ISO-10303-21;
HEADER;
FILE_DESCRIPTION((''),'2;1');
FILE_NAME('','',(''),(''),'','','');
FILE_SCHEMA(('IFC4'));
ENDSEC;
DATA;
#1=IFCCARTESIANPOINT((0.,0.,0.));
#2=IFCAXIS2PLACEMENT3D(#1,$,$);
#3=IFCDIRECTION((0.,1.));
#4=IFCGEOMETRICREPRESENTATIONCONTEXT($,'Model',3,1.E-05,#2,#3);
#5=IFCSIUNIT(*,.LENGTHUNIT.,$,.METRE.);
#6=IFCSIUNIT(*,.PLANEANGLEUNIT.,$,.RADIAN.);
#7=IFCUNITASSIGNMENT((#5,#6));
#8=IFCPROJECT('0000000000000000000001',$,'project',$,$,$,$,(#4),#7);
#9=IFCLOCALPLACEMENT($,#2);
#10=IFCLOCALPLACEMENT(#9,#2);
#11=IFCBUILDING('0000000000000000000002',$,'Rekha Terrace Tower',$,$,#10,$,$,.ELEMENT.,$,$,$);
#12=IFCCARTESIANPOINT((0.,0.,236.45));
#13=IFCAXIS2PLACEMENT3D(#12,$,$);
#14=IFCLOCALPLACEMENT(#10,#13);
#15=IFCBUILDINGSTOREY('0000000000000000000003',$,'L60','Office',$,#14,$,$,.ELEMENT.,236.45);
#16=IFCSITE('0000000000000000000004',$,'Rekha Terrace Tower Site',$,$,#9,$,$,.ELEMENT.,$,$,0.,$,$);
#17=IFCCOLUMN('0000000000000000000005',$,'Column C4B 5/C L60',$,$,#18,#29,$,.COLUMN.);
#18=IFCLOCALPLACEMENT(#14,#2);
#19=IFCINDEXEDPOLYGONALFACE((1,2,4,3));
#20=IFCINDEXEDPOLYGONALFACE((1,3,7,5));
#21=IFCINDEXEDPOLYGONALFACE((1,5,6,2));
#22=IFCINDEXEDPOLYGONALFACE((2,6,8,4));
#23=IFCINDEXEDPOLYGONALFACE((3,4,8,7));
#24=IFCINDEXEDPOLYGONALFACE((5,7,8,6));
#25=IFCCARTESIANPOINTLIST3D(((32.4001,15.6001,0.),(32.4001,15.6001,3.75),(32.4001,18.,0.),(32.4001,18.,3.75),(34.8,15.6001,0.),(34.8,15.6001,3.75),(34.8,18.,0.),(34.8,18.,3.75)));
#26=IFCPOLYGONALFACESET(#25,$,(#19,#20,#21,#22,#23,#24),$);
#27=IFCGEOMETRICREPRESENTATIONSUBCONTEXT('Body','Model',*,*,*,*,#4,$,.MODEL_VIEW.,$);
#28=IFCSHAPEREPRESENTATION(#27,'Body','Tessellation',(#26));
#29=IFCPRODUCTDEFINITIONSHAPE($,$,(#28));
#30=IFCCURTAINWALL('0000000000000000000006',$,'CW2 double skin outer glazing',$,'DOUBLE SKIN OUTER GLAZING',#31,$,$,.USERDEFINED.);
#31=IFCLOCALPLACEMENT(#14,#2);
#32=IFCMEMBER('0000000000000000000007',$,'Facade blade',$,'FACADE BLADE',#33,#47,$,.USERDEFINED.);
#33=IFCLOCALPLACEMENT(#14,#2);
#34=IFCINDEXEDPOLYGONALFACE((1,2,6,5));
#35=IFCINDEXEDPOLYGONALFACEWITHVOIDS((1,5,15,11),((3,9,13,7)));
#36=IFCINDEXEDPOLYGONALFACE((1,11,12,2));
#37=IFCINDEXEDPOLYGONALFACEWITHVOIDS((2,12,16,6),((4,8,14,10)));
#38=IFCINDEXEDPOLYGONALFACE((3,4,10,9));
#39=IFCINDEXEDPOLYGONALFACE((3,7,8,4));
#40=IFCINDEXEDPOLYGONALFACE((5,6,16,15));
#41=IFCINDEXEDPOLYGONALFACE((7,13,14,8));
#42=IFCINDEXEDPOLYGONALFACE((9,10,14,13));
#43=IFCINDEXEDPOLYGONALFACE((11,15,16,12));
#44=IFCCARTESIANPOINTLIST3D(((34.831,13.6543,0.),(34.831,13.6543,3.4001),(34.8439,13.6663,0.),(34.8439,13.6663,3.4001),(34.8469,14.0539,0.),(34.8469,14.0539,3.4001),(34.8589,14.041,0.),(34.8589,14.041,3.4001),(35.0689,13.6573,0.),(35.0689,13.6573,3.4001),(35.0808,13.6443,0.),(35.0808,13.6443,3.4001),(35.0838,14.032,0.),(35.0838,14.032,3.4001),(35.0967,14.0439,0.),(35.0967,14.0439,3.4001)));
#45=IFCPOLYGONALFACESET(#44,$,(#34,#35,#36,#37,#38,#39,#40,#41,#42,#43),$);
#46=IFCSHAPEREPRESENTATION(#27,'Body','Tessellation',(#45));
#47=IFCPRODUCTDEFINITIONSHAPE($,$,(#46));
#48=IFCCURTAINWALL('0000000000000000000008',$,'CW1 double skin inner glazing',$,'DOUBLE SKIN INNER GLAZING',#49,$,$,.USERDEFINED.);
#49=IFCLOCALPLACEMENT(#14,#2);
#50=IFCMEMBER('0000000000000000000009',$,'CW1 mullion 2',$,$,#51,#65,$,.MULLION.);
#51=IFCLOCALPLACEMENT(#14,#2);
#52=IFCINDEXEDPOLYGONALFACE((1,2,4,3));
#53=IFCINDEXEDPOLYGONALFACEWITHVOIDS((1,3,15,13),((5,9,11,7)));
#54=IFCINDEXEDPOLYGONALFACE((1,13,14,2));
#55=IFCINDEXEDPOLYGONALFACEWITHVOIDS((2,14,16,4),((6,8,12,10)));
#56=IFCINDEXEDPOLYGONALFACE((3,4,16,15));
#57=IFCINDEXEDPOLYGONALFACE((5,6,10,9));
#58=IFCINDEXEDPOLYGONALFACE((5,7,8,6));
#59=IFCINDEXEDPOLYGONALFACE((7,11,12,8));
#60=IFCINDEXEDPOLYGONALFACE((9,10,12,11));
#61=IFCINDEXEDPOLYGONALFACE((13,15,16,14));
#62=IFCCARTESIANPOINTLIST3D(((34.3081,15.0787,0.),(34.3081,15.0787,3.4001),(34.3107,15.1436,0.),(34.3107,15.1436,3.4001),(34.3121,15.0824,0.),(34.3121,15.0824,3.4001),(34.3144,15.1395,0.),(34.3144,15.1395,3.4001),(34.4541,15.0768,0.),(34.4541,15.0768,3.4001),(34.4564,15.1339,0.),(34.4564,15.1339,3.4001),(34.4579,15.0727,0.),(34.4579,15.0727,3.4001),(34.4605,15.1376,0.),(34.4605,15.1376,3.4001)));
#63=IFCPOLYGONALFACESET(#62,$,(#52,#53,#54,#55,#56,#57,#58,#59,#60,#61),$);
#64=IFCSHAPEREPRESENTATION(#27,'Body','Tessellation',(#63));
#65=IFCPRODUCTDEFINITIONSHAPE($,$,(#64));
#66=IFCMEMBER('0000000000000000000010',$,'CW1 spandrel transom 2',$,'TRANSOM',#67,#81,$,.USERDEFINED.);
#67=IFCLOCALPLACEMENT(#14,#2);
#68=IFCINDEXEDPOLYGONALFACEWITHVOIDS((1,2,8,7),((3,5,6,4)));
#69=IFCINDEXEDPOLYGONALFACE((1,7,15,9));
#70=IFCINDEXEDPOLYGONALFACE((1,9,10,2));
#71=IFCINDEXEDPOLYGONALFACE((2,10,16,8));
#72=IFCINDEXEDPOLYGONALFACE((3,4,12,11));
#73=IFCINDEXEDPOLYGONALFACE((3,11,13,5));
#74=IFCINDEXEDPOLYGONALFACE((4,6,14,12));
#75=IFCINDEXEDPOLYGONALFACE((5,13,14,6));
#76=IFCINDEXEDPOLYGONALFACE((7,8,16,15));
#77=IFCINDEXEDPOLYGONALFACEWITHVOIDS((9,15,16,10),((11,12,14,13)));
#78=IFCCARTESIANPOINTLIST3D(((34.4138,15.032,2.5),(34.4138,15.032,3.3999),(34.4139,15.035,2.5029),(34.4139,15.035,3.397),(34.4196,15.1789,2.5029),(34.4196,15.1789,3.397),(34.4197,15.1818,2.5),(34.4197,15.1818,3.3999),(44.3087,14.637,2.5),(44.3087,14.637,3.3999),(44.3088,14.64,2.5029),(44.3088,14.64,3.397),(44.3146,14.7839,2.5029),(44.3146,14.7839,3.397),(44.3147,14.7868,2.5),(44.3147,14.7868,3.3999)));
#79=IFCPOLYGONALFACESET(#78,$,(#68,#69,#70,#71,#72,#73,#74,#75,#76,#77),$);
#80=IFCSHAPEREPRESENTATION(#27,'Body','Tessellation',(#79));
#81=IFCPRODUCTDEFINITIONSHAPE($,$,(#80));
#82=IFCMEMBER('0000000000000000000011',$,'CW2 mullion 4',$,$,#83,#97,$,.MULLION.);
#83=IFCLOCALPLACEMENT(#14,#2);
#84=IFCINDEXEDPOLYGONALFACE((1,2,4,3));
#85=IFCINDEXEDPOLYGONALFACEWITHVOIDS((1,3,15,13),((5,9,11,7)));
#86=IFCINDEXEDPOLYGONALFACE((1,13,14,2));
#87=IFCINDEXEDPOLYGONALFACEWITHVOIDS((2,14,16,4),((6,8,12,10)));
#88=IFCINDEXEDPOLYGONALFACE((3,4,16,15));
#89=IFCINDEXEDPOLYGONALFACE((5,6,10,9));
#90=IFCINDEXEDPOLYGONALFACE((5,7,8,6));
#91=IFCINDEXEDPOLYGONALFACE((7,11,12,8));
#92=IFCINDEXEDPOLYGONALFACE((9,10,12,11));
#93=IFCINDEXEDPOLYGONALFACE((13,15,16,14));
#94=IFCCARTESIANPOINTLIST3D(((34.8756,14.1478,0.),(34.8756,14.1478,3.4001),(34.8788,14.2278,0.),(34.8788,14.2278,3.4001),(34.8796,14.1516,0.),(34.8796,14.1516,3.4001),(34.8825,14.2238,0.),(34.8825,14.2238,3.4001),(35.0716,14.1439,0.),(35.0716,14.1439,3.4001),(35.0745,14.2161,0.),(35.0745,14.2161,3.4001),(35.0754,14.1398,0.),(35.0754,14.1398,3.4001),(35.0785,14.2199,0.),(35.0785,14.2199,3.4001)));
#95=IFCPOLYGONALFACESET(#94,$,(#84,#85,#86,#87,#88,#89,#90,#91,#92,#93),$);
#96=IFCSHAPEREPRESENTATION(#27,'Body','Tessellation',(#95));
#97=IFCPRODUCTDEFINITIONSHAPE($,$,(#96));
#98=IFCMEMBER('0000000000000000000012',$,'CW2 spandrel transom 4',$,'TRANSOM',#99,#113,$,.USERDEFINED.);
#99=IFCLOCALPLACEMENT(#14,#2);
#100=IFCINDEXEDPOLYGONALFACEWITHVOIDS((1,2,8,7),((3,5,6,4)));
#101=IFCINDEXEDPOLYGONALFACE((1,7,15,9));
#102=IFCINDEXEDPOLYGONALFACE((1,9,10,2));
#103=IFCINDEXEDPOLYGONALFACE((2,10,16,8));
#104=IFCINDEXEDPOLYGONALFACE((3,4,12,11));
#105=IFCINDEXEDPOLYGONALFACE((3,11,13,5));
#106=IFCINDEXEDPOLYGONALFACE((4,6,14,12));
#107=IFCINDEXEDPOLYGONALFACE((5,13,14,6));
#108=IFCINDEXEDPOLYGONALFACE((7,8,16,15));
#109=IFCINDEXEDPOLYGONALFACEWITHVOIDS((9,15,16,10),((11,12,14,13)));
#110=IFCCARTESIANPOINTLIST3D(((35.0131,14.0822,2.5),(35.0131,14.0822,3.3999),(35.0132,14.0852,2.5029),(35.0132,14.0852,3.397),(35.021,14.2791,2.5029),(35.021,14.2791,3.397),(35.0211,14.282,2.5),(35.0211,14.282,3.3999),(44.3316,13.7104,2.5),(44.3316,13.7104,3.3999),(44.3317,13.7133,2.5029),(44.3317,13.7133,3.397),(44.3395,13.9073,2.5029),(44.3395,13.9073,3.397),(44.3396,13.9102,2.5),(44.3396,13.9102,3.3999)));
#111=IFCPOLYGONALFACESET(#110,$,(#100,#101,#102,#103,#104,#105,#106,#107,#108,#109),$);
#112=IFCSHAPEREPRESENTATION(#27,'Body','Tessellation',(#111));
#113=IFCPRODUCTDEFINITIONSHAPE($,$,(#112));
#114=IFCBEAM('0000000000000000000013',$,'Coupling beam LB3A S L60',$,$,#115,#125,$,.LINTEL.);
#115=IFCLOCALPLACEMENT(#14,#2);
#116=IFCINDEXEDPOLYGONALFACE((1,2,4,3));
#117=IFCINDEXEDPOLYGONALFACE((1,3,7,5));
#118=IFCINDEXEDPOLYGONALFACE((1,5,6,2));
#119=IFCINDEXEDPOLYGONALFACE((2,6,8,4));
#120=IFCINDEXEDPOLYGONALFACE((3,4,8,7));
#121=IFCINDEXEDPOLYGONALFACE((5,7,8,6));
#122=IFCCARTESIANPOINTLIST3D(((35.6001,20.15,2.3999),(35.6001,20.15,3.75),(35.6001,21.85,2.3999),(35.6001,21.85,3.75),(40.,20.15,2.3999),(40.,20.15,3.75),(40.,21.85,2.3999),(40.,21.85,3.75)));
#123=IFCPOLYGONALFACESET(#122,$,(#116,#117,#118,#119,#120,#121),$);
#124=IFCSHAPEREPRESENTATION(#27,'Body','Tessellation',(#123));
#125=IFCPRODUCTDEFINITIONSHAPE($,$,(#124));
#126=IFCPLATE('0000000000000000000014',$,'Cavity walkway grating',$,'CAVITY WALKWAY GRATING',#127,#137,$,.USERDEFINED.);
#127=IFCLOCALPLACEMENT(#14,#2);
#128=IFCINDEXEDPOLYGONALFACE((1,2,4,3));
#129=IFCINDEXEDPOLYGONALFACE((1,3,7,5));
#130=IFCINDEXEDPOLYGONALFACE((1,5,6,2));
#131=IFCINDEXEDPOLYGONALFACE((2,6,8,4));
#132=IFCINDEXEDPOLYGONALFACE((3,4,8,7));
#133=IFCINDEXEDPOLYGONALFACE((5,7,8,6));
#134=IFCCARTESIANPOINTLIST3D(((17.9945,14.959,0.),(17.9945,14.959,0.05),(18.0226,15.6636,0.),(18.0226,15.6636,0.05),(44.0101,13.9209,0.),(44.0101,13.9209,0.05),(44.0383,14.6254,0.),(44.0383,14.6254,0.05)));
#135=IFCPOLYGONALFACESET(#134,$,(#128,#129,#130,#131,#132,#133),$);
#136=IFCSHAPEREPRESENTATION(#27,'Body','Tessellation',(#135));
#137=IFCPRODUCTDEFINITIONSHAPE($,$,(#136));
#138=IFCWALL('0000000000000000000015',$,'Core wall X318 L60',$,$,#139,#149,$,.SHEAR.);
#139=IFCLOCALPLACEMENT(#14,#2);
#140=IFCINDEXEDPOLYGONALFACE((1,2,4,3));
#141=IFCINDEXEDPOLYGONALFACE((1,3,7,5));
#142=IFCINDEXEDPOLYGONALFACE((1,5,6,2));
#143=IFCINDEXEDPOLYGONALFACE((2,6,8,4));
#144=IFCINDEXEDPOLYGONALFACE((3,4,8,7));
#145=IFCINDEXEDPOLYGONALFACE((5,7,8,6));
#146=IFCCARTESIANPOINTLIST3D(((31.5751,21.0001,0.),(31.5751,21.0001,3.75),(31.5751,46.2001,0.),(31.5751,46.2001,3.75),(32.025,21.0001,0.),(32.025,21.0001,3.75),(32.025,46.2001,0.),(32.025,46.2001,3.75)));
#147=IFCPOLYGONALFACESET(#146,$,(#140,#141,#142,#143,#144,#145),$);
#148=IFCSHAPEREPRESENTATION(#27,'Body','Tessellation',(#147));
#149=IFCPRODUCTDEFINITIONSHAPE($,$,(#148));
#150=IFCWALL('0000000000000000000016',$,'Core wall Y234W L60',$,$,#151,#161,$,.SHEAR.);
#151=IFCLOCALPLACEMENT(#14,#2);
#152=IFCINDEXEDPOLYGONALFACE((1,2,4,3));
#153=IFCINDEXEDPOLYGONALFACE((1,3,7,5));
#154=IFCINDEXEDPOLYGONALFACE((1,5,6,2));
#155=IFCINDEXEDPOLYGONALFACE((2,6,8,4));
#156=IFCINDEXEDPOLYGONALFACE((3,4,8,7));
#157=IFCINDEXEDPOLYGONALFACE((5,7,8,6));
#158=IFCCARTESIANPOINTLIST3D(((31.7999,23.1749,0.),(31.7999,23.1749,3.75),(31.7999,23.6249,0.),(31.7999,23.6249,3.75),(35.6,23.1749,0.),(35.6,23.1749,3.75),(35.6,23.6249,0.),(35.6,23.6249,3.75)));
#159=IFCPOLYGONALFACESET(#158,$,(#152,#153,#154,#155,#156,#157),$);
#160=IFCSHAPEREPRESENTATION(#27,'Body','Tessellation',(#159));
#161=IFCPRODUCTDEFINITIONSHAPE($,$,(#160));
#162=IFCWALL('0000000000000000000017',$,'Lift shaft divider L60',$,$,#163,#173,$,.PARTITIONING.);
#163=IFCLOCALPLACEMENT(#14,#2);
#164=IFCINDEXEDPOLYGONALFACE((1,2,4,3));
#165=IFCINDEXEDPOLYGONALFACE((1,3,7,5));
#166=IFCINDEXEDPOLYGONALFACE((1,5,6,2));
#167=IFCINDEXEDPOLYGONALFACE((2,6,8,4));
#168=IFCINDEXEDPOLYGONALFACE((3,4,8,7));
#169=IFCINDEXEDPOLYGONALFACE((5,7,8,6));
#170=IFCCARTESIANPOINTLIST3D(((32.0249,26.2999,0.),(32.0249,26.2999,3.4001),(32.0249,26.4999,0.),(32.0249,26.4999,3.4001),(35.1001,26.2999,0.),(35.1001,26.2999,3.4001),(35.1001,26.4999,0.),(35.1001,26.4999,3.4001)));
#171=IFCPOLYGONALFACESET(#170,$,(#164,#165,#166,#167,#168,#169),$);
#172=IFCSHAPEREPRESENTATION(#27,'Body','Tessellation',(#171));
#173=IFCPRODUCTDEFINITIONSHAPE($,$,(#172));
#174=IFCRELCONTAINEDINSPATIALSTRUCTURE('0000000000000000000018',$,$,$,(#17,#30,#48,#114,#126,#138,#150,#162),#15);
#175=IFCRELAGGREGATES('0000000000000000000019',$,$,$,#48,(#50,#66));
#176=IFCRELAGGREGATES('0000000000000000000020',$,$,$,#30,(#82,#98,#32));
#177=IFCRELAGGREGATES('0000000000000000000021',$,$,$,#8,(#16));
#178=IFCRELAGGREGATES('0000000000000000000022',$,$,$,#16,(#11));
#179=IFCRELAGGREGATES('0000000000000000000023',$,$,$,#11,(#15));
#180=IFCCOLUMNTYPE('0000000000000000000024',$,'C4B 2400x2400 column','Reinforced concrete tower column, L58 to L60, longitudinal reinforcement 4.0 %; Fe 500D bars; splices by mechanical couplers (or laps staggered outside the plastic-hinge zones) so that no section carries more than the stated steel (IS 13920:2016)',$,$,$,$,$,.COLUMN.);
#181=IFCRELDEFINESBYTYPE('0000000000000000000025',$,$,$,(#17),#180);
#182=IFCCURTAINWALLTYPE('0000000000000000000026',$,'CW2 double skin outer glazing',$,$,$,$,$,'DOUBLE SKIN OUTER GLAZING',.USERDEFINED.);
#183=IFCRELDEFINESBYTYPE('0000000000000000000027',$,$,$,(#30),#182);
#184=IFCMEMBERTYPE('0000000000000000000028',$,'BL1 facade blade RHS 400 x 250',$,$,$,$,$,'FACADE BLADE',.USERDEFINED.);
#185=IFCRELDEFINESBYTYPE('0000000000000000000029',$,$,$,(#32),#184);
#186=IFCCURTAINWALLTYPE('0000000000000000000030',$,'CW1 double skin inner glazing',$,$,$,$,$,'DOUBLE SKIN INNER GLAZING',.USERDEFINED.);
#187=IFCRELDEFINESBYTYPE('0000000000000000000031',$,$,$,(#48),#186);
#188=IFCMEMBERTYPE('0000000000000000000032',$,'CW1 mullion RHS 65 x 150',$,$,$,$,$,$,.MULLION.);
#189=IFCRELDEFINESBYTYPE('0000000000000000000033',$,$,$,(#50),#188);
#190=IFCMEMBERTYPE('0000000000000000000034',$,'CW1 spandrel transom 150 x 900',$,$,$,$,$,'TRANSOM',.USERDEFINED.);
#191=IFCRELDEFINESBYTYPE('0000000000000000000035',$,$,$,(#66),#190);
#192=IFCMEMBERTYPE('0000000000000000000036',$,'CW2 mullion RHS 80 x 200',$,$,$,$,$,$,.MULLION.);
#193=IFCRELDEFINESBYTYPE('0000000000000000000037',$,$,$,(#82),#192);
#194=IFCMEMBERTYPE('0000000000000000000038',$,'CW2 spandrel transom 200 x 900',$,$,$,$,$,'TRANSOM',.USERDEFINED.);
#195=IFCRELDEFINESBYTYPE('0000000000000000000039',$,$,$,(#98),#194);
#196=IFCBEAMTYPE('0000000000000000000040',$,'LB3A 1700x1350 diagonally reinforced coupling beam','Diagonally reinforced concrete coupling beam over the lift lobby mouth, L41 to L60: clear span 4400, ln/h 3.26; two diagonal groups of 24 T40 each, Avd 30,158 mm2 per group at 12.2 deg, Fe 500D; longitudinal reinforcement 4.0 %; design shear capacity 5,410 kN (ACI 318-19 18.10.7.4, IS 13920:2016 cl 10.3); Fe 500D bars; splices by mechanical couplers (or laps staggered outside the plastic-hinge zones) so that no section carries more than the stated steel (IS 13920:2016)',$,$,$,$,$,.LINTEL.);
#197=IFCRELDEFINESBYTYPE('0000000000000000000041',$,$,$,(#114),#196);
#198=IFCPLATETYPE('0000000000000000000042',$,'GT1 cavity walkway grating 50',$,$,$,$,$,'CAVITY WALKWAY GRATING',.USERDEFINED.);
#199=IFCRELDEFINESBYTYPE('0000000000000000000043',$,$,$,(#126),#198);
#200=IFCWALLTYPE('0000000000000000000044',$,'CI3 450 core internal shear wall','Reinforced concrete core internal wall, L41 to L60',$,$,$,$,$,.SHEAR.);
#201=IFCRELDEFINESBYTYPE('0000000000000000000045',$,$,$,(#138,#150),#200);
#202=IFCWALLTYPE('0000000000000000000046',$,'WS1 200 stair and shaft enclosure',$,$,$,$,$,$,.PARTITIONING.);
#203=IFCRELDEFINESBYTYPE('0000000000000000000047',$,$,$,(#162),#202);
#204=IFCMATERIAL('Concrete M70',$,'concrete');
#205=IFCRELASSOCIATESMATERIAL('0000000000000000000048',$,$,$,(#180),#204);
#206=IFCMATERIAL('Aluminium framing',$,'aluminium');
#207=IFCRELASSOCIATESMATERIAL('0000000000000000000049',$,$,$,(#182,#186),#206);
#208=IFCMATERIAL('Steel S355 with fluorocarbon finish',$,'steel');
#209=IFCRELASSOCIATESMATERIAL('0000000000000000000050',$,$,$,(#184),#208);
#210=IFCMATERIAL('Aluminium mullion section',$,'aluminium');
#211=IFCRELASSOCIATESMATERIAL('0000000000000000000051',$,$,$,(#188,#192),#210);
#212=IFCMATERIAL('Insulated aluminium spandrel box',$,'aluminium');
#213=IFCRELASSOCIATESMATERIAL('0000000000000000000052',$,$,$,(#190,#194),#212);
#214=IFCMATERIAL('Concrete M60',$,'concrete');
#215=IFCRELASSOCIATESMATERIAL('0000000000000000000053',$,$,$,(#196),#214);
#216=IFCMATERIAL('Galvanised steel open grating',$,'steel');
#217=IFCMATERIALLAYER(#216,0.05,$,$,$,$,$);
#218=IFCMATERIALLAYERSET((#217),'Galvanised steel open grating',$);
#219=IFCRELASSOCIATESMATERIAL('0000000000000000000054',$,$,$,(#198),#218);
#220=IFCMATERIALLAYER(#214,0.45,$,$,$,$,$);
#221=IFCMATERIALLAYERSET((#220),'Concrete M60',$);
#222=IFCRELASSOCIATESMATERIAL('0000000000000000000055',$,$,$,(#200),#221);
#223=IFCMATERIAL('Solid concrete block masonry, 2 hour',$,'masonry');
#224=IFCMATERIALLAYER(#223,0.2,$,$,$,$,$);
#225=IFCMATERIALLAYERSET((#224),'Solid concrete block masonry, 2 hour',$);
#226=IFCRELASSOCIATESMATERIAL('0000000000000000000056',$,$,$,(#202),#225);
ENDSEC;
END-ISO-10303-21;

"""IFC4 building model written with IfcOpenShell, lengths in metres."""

from ifc_helpers import new_model, si_unit, direction, frame, frame_2d, origin, origin_2d, place, context, subcontext, project, spatial, rectangle, hollow_rectangle, extrude, material, layer, layer_set, material_profile, profile_set, type_object, element, aggregate, save


model = new_model("IFC4")

# Units and contexts
model_context = context("Model", 3, precision=1e-05, world=origin(), true_north=direction((0.0, 1.0)))
body_context = subcontext(model_context, "Body", "Model", "MODEL_VIEW")
ifc_project = project(units=[si_unit("LENGTHUNIT", "METRE"), si_unit("PLANEANGLEUNIT", "RADIAN")], contexts=[model_context])

# Site, building, storey
site_placement = place(None, origin())
site = spatial("IfcSite", under=ifc_project, at=site_placement, Name="Rekha Terrace Tower Site", CompositionType="ELEMENT", RefElevation=0.0)
building_placement = place(site_placement, origin())
building = spatial("IfcBuilding", under=site, at=building_placement, Name="Rekha Terrace Tower", CompositionType="ELEMENT")
storey_placement = place(building_placement, frame((0.0, 0.0, 236.45)))
storey = spatial("IfcBuildingStorey", under=building, at=storey_placement, Name="L60", Description="Office", CompositionType="ELEMENT", Elevation=236.45)

# Column
ifc_material_1 = material(Name="Concrete M70", Category="concrete")
ifc_material_profile_1 = material_profile(ifc_material_1, rectangle(XDim=2.3999, YDim=2.3999, at=origin_2d()), Name="RC 2400x2400")
ifc_profile_set_1 = profile_set([ifc_material_profile_1], Name="Concrete M70")
column_type = type_object("IfcColumnType", Name="C4B 2400x2400 column", Description="Reinforced concrete tower column, L58 to L60, longitudinal reinforcement 4.0 %; Fe 500D bars; splices by mechanical couplers (or laps staggered outside the plastic-hinge zones) so that no section carries more than the stated steel (IS 13920:2016)", PredefinedType="COLUMN", material=ifc_profile_set_1)
column_placement = place(storey_placement, frame((33.6001, 16.8, 0.0), z_axis=(0.0, 0.0, 1.0), x_axis=(1.0, 0.0, 0.0)))
element("IfcColumn", 1, at=column_placement, inside=storey, type_object=column_type, Name="Column C4B 5/C L60", PredefinedType="COLUMN", context=body_context, shape_type="SweptSolid", body=[
    extrude(rectangle(XDim=2.3999, YDim=2.3999, at=origin_2d()), origin(), (0.0, 0.0, 1.0), 3.75),
])

# Curtain wall, member
ifc_material_2 = material(Name="Aluminium framing", Category="aluminium")
curtain_wall_type_1 = type_object("IfcCurtainWallType", Name="CW2 double skin outer glazing", ElementType="DOUBLE SKIN OUTER GLAZING", PredefinedType="USERDEFINED", material=ifc_material_2)
curtain_wall_1_placement = place(storey_placement, origin())
curtain_wall_1 = element("IfcCurtainWall", 2, at=curtain_wall_1_placement, inside=storey, type_object=curtain_wall_type_1, Name="CW2 double skin outer glazing", ObjectType="DOUBLE SKIN OUTER GLAZING", PredefinedType="USERDEFINED")
ifc_material_3 = material(Name="Steel S355 with fluorocarbon finish", Category="steel")
ifc_material_profile_2 = material_profile(ifc_material_3, hollow_rectangle(XDim=0.25, YDim=0.3999, WallThickness=0.0125, at=origin_2d()), Name="RHS400x250x12.5")
ifc_profile_set_2 = profile_set([ifc_material_profile_2], Name="Steel S355 with fluorocarbon finish")
member_type_1 = type_object("IfcMemberType", Name="BL1 facade blade RHS 400 x 250", ElementType="FACADE BLADE", PredefinedType="USERDEFINED", material=ifc_profile_set_2)
member_1_placement = place(storey_placement, frame((34.9639, 13.8491, 0.0), z_axis=(0.0, 0.0, 1.0), x_axis=(0.999205, -0.039872, 0.0)))
member_1 = element("IfcMember", 3, at=member_1_placement, type_object=member_type_1, Name="Facade blade", ObjectType="FACADE BLADE", PredefinedType="USERDEFINED", context=body_context, shape_type="SweptSolid", body=[
    extrude(hollow_rectangle(XDim=0.25, YDim=0.3999, WallThickness=0.0125, at=origin_2d()), origin(), (0.0, 0.0, 1.0), 3.4001),
])

# Curtain wall, members
curtain_wall_type_2 = type_object("IfcCurtainWallType", Name="CW1 double skin inner glazing", ElementType="DOUBLE SKIN INNER GLAZING", PredefinedType="USERDEFINED", material=ifc_material_2)
curtain_wall_2_placement = place(storey_placement, origin())
curtain_wall_2 = element("IfcCurtainWall", 4, at=curtain_wall_2_placement, inside=storey, type_object=curtain_wall_type_2, Name="CW1 double skin inner glazing", ObjectType="DOUBLE SKIN INNER GLAZING", PredefinedType="USERDEFINED")
ifc_material_4 = material(Name="Aluminium mullion section", Category="aluminium")
ifc_material_profile_3 = material_profile(ifc_material_4, hollow_rectangle(XDim=0.0649, YDim=0.1499, WallThickness=0.0039, at=origin_2d()), Name="AL RHS 65x150")
ifc_profile_set_3 = profile_set([ifc_material_profile_3], Name="Aluminium mullion section")
member_type_2 = type_object("IfcMemberType", Name="CW1 mullion RHS 65 x 150", PredefinedType="MULLION", material=ifc_profile_set_3)
member_2_placement = place(storey_placement, frame((34.3843, 15.1082, 0.0), z_axis=(0.0, 0.0, 1.0), x_axis=(0.039872, 0.999205, 0.0)))
member_2 = element("IfcMember", 5, at=member_2_placement, type_object=member_type_2, Name="CW1 mullion 2", PredefinedType="MULLION", context=body_context, shape_type="SweptSolid", body=[
    extrude(hollow_rectangle(XDim=0.0649, YDim=0.1499, WallThickness=0.0039, at=origin_2d()), origin(), (0.0, 0.0, 1.0), 3.4001),
])
ifc_material_5 = material(Name="Insulated aluminium spandrel box", Category="aluminium")
ifc_material_profile_4 = material_profile(ifc_material_5, hollow_rectangle(XDim=0.1499, YDim=0.8999, WallThickness=0.0029, at=origin_2d()), Name="AL SPANDREL BOX 150x900")
ifc_profile_set_4 = profile_set([ifc_material_profile_4], Name="Insulated aluminium spandrel box")
member_type_3 = type_object("IfcMemberType", Name="CW1 spandrel transom 150 x 900", ElementType="TRANSOM", PredefinedType="USERDEFINED", material=ifc_profile_set_4)
member_3_placement = place(storey_placement, frame((34.4167, 15.1069, 2.95), z_axis=(0.999204, -0.039889, 0.0), x_axis=(0.039889, 0.999204, 0.0)))
member_3 = element("IfcMember", 6, at=member_3_placement, type_object=member_type_3, Name="CW1 spandrel transom 2", ObjectType="TRANSOM", PredefinedType="USERDEFINED", context=body_context, shape_type="SweptSolid", body=[
    extrude(hollow_rectangle(XDim=0.1499, YDim=0.8999, WallThickness=0.0029, at=origin_2d()), origin(), (0.0, 0.0, 1.0), 9.9028),
])
aggregate(curtain_wall_2, [member_2, member_3])

# Members
ifc_material_profile_5 = material_profile(ifc_material_4, hollow_rectangle(XDim=0.0801, YDim=0.2, WallThickness=0.0039, at=origin_2d()), Name="AL RHS 80x200")
ifc_profile_set_5 = profile_set([ifc_material_profile_5], Name="Aluminium mullion section")
member_type_4 = type_object("IfcMemberType", Name="CW2 mullion RHS 80 x 200", PredefinedType="MULLION", material=ifc_profile_set_5)
member_4_placement = place(storey_placement, frame((34.9771, 14.1838, 0.0), z_axis=(0.0, 0.0, 1.0), x_axis=(0.039872, 0.999205, 0.0)))
member_4 = element("IfcMember", 7, at=member_4_placement, type_object=member_type_4, Name="CW2 mullion 4", PredefinedType="MULLION", context=body_context, shape_type="SweptSolid", body=[
    extrude(hollow_rectangle(XDim=0.0801, YDim=0.2, WallThickness=0.0039, at=origin_2d()), origin(), (0.0, 0.0, 1.0), 3.4001),
])
ifc_material_profile_6 = material_profile(ifc_material_5, hollow_rectangle(XDim=0.2, YDim=0.8999, WallThickness=0.0029, at=origin_2d()), Name="AL SPANDREL BOX 200x900")
ifc_profile_set_6 = profile_set([ifc_material_profile_6], Name="Insulated aluminium spandrel box")
member_type_5 = type_object("IfcMemberType", Name="CW2 spandrel transom 200 x 900", ElementType="TRANSOM", PredefinedType="USERDEFINED", material=ifc_profile_set_6)
member_5_placement = place(storey_placement, frame((35.0171, 14.1821, 2.95), z_axis=(0.999205, -0.03987, 0.0), x_axis=(0.03987, 0.999205, 0.0)))
member_5 = element("IfcMember", 8, at=member_5_placement, type_object=member_type_5, Name="CW2 spandrel transom 4", ObjectType="TRANSOM", PredefinedType="USERDEFINED", context=body_context, shape_type="SweptSolid", body=[
    extrude(hollow_rectangle(XDim=0.2, YDim=0.8999, WallThickness=0.0029, at=origin_2d()), origin(), (0.0, 0.0, 1.0), 9.3259),
])
aggregate(curtain_wall_1, [member_4, member_5, member_1])

# Beam
ifc_material_6 = material(Name="Concrete M60", Category="concrete")
ifc_material_profile_7 = material_profile(ifc_material_6, rectangle(XDim=1.7, YDim=1.3501, at=origin_2d()), Name="RC 1700x1350")
ifc_profile_set_7 = profile_set([ifc_material_profile_7], Name="Concrete M60")
beam_type = type_object("IfcBeamType", Name="LB3A 1700x1350 diagonally reinforced coupling beam", Description="Diagonally reinforced concrete coupling beam over the lift lobby mouth, L41 to L60: clear span 4400, ln/h 3.26; two diagonal groups of 24 T40 each, Avd 30,158 mm2 per group at 12.2 deg, Fe 500D; longitudinal reinforcement 4.0 %; design shear capacity 5,410 kN (ACI 318-19 18.10.7.4, IS 13920:2016 cl 10.3); Fe 500D bars; splices by mechanical couplers (or laps staggered outside the plastic-hinge zones) so that no section carries more than the stated steel (IS 13920:2016)", PredefinedType="LINTEL", material=ifc_profile_set_7)
beam_placement = place(storey_placement, frame((35.6001, 21.0, 3.075), z_axis=(1.0, 0.0, 0.0), x_axis=(0.0, 1.0, 0.0)))
element("IfcBeam", 9, at=beam_placement, inside=storey, type_object=beam_type, Name="Coupling beam LB3A S L60", PredefinedType="LINTEL", context=body_context, shape_type="SweptSolid", body=[
    extrude(rectangle(XDim=1.7, YDim=1.3501, at=origin_2d()), origin(), (0.0, 0.0, 1.0), 4.3999),
])

# Plate
ifc_material_7 = material(Name="Galvanised steel open grating", Category="steel")
ifc_layer_1 = layer(ifc_material_7, 0.05)
ifc_layer_set_1 = layer_set([ifc_layer_1], Name="Galvanised steel open grating")
plate_type = type_object("IfcPlateType", Name="GT1 cavity walkway grating 50", ElementType="CAVITY WALKWAY GRATING", PredefinedType="USERDEFINED", material=ifc_layer_set_1)
plate_placement = place(storey_placement, frame((31.0164, 14.7922, 0.0), z_axis=(0.0, 0.0, 1.0), x_axis=(0.999205, -0.039872, 0.0)))
element("IfcPlate", 10, at=plate_placement, inside=storey, type_object=plate_type, Name="Cavity walkway grating", ObjectType="CAVITY WALKWAY GRATING", PredefinedType="USERDEFINED", context=body_context, shape_type="SweptSolid", body=[
    extrude(rectangle(XDim=26.0364, YDim=0.7051, at=origin_2d()), origin(), (0.0, 0.0, 1.0), 0.05),
])

# Walls
ifc_layer_2 = layer(ifc_material_6, 0.45)
ifc_layer_set_2 = layer_set([ifc_layer_2], Name="Concrete M60")
wall_type_1 = type_object("IfcWallType", Name="CI3 450 core internal shear wall", Description="Reinforced concrete core internal wall, L41 to L60", PredefinedType="SHEAR", material=ifc_layer_set_2)
wall_1_placement = place(storey_placement, frame((31.8, 21.0, 0.0), z_axis=(0.0, 0.0, 1.0), x_axis=(0.0, 1.0, 0.0)))
element("IfcWall", 11, at=wall_1_placement, inside=storey, type_object=wall_type_1, Name="Core wall X318 L60", PredefinedType="SHEAR", context=body_context, shape_type="SweptSolid", body=[
    extrude(rectangle(XDim=25.2, YDim=0.45, at=frame_2d((12.6001, 0.0))), origin(), (0.0, 0.0, 1.0), 3.75),
])
wall_2_placement = place(storey_placement, frame((31.8, 23.3999, 0.0), z_axis=(0.0, 0.0, 1.0), x_axis=(1.0, 0.0, 0.0)))
element("IfcWall", 12, at=wall_2_placement, inside=storey, type_object=wall_type_1, Name="Core wall Y234W L60", PredefinedType="SHEAR", context=body_context, shape_type="SweptSolid", body=[
    extrude(rectangle(XDim=3.8, YDim=0.45, at=frame_2d((1.8999, 0.0))), origin(), (0.0, 0.0, 1.0), 3.75),
])
ifc_material_8 = material(Name="Solid concrete block masonry, 2 hour", Category="masonry")
ifc_layer_3 = layer(ifc_material_8, 0.2)
ifc_layer_set_3 = layer_set([ifc_layer_3], Name="Solid concrete block masonry, 2 hour")
wall_type_2 = type_object("IfcWallType", Name="WS1 200 stair and shaft enclosure", PredefinedType="PARTITIONING", material=ifc_layer_set_3)
wall_3_placement = place(storey_placement, frame((32.0249, 26.3999, 0.0), z_axis=(0.0, 0.0, 1.0), x_axis=(1.0, 0.0, 0.0)))
element("IfcWall", 13, at=wall_3_placement, inside=storey, type_object=wall_type_2, Name="Lift shaft divider L60", PredefinedType="PARTITIONING", context=body_context, shape_type="SweptSolid", body=[
    extrude(rectangle(XDim=3.0752, YDim=0.2, at=frame_2d((1.5376, 0.0))), origin(), (0.0, 0.0, 1.0), 3.4001),
])

save(model, "model.ifc")
